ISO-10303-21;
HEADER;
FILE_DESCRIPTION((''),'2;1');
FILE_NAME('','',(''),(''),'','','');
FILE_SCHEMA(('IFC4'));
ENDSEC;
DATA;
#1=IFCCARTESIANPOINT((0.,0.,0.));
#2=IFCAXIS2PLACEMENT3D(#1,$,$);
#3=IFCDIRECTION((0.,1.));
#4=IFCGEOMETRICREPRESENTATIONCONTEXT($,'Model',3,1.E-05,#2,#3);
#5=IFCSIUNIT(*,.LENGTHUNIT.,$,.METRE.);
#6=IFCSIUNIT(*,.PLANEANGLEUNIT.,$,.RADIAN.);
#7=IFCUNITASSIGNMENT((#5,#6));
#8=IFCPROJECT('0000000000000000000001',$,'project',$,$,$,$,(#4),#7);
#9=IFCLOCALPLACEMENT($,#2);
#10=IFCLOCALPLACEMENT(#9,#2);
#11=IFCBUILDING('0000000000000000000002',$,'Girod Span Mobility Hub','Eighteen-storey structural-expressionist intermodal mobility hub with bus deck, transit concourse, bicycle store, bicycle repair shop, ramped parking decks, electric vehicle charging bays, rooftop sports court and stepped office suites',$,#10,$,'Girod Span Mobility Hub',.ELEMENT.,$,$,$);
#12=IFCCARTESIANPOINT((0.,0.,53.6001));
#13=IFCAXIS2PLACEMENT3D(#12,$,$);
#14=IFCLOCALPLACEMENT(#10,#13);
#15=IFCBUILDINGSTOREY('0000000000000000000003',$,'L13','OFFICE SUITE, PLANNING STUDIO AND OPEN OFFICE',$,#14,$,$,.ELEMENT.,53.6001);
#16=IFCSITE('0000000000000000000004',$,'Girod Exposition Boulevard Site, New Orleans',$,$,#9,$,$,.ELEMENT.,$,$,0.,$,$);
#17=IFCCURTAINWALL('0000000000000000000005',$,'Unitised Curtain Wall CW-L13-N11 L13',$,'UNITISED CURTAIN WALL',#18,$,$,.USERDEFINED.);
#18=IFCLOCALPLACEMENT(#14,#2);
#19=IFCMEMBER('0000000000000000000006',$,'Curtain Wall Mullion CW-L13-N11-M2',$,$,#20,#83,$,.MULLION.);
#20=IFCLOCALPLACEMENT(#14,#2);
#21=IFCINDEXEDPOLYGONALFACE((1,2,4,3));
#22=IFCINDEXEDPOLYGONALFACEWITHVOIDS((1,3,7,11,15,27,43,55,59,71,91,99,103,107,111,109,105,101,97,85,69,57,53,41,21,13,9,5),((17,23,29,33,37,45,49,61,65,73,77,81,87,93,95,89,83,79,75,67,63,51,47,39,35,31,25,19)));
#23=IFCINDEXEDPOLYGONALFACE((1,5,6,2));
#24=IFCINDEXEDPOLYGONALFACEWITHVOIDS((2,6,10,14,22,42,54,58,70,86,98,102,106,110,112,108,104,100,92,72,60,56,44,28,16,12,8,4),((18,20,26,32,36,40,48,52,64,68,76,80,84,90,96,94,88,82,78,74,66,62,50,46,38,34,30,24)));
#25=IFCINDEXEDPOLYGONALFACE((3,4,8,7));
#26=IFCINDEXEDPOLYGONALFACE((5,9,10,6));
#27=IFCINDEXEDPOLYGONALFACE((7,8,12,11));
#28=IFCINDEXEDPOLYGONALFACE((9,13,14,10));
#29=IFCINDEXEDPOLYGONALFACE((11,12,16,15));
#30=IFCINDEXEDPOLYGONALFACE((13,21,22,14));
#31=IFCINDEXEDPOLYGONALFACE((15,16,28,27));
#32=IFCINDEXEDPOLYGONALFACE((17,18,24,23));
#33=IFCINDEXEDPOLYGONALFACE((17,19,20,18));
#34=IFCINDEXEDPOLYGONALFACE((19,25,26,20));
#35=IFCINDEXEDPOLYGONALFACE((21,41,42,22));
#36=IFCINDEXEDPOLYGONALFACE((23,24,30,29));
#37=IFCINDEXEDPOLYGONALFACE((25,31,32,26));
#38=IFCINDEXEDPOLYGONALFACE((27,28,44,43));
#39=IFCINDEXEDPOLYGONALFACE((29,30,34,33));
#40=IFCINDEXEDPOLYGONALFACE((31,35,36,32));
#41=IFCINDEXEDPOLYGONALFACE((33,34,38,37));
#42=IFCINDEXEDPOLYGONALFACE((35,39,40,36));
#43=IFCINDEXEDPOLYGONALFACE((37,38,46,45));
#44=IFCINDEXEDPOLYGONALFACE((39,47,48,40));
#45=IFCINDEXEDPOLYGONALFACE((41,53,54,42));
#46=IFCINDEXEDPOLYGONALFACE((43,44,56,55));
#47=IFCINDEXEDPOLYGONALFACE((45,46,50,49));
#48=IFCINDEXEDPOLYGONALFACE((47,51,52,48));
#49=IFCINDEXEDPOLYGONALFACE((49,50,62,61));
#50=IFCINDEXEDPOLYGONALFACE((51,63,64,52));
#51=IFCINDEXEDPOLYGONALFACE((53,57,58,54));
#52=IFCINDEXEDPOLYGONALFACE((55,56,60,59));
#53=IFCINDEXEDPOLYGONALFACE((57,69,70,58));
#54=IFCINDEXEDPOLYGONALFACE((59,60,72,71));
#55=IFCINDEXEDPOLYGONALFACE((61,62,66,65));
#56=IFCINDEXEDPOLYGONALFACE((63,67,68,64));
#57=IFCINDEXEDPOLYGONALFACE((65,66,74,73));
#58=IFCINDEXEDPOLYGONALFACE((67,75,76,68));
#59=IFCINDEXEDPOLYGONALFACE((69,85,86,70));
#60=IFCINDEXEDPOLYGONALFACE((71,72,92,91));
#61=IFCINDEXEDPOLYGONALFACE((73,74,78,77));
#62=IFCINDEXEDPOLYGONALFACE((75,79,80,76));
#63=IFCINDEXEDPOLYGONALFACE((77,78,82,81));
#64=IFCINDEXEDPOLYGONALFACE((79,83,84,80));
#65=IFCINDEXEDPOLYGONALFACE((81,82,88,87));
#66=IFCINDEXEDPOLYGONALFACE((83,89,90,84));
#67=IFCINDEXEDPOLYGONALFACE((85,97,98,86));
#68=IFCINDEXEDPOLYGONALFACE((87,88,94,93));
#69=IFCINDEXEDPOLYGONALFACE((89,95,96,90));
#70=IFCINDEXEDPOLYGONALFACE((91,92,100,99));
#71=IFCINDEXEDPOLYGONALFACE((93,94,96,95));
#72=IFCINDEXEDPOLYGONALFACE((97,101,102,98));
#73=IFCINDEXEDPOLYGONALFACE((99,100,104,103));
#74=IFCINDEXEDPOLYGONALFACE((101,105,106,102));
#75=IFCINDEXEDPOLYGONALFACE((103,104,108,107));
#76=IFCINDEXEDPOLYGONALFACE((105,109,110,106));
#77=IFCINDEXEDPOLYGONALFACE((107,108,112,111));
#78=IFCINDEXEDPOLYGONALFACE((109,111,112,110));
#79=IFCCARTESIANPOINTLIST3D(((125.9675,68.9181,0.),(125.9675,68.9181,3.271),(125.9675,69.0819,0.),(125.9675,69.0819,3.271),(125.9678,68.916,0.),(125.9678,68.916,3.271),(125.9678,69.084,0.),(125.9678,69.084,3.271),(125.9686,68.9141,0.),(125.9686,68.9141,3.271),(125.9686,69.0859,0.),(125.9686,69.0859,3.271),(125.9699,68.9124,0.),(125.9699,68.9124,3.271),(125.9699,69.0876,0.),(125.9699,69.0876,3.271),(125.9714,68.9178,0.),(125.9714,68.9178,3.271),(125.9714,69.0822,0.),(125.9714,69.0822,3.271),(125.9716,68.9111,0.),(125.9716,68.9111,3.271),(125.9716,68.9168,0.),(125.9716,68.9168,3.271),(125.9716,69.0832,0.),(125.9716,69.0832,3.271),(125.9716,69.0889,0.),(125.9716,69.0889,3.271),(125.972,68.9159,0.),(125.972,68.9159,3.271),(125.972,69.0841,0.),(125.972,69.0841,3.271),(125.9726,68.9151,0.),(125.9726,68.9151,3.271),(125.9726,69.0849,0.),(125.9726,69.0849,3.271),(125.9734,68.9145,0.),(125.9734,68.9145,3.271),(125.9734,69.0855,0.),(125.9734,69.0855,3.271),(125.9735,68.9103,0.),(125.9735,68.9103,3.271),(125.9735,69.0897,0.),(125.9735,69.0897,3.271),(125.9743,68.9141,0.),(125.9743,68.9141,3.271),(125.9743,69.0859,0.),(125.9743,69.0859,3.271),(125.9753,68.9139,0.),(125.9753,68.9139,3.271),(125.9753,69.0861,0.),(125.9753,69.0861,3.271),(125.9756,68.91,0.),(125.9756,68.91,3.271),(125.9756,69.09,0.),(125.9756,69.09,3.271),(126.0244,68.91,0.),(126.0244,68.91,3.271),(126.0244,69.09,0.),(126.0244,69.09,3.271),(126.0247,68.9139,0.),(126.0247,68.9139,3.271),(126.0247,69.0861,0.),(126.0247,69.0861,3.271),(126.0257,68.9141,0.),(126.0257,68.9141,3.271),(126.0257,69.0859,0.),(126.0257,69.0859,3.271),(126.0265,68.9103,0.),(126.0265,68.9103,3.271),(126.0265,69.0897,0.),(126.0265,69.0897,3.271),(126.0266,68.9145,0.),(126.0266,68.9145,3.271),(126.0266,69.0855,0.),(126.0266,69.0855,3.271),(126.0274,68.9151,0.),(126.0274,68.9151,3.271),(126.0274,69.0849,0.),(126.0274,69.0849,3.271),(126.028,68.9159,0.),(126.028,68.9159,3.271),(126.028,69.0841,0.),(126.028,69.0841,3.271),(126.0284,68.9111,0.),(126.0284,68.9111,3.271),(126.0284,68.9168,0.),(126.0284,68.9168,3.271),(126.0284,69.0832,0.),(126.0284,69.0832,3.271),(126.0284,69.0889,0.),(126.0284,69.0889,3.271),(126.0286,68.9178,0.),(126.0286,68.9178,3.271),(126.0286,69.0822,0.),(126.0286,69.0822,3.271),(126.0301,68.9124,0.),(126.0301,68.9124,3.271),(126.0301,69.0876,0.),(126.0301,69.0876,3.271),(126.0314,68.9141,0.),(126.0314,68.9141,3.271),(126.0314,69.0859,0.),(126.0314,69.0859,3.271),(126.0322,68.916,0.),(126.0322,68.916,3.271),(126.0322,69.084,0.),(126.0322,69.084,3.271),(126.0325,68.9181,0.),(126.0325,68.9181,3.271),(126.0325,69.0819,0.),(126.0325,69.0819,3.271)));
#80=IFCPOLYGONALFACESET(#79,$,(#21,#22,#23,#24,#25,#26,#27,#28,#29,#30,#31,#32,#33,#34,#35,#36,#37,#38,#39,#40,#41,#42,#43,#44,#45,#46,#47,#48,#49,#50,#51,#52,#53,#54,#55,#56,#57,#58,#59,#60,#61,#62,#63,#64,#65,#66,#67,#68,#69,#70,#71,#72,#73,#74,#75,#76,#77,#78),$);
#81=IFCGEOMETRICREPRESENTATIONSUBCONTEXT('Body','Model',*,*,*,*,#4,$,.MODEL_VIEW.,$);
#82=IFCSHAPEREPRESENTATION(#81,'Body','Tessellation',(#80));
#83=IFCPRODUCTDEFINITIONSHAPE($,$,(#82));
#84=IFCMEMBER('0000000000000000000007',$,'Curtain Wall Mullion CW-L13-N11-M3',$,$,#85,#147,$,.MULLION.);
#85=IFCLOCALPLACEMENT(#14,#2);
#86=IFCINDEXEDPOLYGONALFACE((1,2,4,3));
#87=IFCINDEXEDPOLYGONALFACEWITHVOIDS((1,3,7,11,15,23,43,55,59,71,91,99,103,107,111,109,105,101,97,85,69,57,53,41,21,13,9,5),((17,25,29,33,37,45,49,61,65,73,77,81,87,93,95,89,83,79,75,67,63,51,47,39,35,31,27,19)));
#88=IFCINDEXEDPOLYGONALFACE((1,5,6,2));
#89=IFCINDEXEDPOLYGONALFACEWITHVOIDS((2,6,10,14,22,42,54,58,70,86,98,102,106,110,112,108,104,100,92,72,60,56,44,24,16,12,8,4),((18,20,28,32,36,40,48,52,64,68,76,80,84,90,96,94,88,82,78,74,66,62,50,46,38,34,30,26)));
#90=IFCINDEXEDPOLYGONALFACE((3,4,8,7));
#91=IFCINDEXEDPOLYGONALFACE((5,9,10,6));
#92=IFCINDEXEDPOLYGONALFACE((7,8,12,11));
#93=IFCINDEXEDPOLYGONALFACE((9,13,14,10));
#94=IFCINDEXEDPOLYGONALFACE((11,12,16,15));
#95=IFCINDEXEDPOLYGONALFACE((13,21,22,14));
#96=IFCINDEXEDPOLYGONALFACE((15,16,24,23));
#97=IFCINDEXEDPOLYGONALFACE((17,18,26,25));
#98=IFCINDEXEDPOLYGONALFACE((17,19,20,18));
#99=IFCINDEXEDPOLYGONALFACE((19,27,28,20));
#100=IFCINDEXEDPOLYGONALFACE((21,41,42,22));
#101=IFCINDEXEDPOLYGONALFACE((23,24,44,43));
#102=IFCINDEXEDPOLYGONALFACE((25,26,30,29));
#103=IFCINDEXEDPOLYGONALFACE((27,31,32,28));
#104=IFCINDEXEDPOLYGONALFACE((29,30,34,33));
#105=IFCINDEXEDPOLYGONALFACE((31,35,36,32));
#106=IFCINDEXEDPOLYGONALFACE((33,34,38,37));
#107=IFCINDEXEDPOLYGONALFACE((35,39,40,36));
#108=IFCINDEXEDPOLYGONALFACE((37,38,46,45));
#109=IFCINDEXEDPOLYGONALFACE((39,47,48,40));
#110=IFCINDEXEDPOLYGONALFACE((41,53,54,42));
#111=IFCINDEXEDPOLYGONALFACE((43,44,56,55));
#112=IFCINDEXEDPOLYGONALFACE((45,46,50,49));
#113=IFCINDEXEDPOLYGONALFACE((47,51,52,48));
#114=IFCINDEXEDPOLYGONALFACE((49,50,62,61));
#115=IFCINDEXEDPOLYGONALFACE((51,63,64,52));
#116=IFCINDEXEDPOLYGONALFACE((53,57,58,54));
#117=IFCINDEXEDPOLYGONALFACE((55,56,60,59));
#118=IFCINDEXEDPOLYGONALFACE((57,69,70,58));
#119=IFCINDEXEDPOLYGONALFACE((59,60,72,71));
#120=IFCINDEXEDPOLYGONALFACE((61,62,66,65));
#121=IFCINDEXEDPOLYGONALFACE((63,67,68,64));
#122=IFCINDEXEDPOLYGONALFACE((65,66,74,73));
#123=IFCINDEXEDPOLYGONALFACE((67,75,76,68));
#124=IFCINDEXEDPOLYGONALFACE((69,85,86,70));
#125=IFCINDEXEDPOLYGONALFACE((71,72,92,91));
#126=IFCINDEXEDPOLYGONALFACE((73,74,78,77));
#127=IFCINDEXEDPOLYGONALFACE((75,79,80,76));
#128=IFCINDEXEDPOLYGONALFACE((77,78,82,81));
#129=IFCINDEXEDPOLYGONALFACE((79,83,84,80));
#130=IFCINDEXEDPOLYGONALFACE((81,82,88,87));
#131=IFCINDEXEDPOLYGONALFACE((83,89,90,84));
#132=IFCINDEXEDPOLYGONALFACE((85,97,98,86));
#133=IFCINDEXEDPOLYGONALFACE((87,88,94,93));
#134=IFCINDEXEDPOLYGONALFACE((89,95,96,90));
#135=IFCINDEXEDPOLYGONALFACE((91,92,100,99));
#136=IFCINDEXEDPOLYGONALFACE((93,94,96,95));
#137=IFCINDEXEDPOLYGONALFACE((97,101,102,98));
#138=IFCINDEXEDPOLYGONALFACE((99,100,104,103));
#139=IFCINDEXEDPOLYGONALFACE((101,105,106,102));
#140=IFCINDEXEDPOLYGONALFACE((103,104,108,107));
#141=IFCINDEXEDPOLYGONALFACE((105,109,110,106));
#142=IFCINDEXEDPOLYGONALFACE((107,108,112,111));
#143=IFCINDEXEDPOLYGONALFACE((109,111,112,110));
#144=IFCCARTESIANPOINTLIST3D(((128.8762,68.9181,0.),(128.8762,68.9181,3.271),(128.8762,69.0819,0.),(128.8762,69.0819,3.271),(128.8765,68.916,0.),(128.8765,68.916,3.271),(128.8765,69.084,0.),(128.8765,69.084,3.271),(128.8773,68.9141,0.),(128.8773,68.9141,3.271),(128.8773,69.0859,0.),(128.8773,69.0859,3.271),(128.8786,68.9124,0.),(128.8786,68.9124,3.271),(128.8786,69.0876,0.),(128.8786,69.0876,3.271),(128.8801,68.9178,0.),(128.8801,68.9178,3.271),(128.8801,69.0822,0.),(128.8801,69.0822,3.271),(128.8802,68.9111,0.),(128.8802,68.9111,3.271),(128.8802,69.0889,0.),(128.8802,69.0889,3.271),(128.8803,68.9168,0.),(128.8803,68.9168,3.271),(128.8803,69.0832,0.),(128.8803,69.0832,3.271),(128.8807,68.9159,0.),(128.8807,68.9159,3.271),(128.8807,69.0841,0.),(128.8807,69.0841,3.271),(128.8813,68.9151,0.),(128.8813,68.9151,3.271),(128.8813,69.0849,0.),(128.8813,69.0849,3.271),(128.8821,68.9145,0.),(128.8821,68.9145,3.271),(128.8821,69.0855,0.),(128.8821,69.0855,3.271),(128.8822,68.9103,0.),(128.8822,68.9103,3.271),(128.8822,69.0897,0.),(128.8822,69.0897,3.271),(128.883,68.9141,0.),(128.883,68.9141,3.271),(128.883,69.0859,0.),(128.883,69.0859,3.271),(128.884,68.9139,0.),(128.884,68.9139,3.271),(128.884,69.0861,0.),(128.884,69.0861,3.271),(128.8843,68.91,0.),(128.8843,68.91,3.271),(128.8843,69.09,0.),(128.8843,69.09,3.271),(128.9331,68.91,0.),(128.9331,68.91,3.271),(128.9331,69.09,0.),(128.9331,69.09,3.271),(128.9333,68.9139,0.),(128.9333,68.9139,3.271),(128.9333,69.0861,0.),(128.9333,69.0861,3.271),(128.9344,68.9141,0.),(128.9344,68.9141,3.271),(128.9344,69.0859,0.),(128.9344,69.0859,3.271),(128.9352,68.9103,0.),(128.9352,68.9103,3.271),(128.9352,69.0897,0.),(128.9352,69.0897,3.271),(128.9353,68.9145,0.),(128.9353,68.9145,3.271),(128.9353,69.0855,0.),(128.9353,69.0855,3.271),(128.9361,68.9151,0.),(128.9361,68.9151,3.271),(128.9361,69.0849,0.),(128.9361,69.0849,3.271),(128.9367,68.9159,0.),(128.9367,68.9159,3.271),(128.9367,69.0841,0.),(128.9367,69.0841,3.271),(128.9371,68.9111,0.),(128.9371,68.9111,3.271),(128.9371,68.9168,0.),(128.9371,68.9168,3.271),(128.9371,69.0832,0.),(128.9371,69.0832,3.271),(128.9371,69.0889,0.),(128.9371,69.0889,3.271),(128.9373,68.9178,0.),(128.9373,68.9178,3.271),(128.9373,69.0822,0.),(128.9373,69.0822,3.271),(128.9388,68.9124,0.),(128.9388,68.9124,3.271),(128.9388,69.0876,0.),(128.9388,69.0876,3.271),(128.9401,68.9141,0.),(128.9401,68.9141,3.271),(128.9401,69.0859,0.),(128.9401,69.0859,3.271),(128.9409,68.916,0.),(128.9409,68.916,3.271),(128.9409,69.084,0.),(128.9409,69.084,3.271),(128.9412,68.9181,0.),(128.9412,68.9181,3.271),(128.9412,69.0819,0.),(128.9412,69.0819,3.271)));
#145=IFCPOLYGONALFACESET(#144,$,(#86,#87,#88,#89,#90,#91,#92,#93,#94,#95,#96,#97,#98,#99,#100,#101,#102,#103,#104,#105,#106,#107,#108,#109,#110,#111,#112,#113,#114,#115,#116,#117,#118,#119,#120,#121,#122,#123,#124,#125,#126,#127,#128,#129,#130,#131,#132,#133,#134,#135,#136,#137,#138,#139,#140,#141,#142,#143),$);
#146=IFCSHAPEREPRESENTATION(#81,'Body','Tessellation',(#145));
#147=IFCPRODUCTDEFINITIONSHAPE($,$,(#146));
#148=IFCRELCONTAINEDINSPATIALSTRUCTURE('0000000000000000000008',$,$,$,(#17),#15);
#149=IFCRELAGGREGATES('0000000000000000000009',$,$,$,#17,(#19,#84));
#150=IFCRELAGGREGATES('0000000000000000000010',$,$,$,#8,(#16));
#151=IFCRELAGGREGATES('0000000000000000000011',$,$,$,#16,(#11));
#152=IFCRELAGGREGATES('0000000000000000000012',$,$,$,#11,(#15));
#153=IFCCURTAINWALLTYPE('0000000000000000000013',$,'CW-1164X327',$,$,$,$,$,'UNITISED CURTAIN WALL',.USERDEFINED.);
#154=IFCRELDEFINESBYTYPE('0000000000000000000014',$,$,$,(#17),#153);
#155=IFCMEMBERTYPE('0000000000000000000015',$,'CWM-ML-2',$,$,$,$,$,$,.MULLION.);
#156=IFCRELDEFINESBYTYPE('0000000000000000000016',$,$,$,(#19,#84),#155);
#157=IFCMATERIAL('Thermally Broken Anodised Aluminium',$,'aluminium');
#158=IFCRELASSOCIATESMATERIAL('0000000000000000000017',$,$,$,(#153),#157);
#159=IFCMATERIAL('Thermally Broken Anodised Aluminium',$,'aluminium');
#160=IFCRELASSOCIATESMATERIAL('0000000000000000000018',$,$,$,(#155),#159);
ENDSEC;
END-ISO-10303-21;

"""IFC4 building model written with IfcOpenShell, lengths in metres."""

from ifc_helpers import new_model, si_unit, direction, frame, origin, origin_2d, place, context, subcontext, project, spatial, hollow_rectangle, extrude, material, material_profile, profile_set, type_object, element, aggregate, save


model = new_model("IFC4")

# Units and contexts
model_context = context("Model", 3, precision=1e-05, world=origin(), true_north=direction((0.0, 1.0)))
body_context = subcontext(model_context, "Body", "Model", "MODEL_VIEW")
ifc_project = project(units=[si_unit("LENGTHUNIT", "METRE"), si_unit("PLANEANGLEUNIT", "RADIAN")], contexts=[model_context])

# Site, building, storey
site_placement = place(None, origin())
site = spatial("IfcSite", under=ifc_project, at=site_placement, Name="Girod Exposition Boulevard Site, New Orleans", CompositionType="ELEMENT", RefElevation=0.0)
building_placement = place(site_placement, origin())
building = spatial("IfcBuilding", under=site, at=building_placement, Name="Girod Span Mobility Hub", Description="Eighteen-storey structural-expressionist intermodal mobility hub with bus deck, transit concourse, bicycle store, bicycle repair shop, ramped parking decks, electric vehicle charging bays, rooftop sports court and stepped office suites", LongName="Girod Span Mobility Hub", CompositionType="ELEMENT")
storey_placement = place(building_placement, frame((0.0, 0.0, 53.6001)))
storey = spatial("IfcBuildingStorey", under=building, at=storey_placement, Name="L13", Description="OFFICE SUITE, PLANNING STUDIO AND OPEN OFFICE", CompositionType="ELEMENT", Elevation=53.6001)

# Curtain wall, members
ifc_material_1 = material(Name="Thermally Broken Anodised Aluminium", Category="aluminium")
curtain_wall_type = type_object("IfcCurtainWallType", Name="CW-1164X327", ElementType="UNITISED CURTAIN WALL", PredefinedType="USERDEFINED", material=ifc_material_1)
curtain_wall_placement = place(storey_placement, origin())
curtain_wall = element("IfcCurtainWall", 1, at=curtain_wall_placement, inside=storey, type_object=curtain_wall_type, Name="Unitised Curtain Wall CW-L13-N11 L13", ObjectType="UNITISED CURTAIN WALL", PredefinedType="USERDEFINED")
ifc_material_2 = material(Name="Thermally Broken Anodised Aluminium", Category="aluminium")
ifc_material_profile_1 = material_profile(ifc_material_2, hollow_rectangle(XDim=0.1799, YDim=0.0649, WallThickness=0.0039, InnerFilletRadius=0.0039, OuterFilletRadius=0.0081, at=origin_2d()), Name="CW-ML-65X180")
ifc_profile_set_1 = profile_set([ifc_material_profile_1], Name="Thermally Broken Anodised Aluminium")
member_type_1 = type_object("IfcMemberType", Name="CWM-ML-2", PredefinedType="MULLION", material=ifc_profile_set_1)
member_1_placement = place(storey_placement, frame((126.0, 69.0, 0.0), z_axis=(0.0, 0.0, 1.0), x_axis=(0.0, 1.0, 0.0)))
member_1 = element("IfcMember", 2, at=member_1_placement, type_object=member_type_1, Name="Curtain Wall Mullion CW-L13-N11-M2", PredefinedType="MULLION", context=body_context, shape_type="SweptSolid", body=[
    extrude(hollow_rectangle(XDim=0.1799, YDim=0.0649, WallThickness=0.0039, InnerFilletRadius=0.0039, OuterFilletRadius=0.0081, at=origin_2d()), origin(), (0.0, 0.0, 1.0), 3.271),
])
member_2_placement = place(storey_placement, frame((128.9087, 69.0, 0.0), z_axis=(0.0, 0.0, 1.0), x_axis=(0.0, 1.0, 0.0)))
member_2 = element("IfcMember", 3, at=member_2_placement, type_object=member_type_1, Name="Curtain Wall Mullion CW-L13-N11-M3", PredefinedType="MULLION", context=body_context, shape_type="SweptSolid", body=[
    extrude(hollow_rectangle(XDim=0.1799, YDim=0.0649, WallThickness=0.0039, InnerFilletRadius=0.0039, OuterFilletRadius=0.0081, at=origin_2d()), origin(), (0.0, 0.0, 1.0), 3.271),
])
aggregate(curtain_wall, [member_1, member_2])

save(model, "model.ifc")
